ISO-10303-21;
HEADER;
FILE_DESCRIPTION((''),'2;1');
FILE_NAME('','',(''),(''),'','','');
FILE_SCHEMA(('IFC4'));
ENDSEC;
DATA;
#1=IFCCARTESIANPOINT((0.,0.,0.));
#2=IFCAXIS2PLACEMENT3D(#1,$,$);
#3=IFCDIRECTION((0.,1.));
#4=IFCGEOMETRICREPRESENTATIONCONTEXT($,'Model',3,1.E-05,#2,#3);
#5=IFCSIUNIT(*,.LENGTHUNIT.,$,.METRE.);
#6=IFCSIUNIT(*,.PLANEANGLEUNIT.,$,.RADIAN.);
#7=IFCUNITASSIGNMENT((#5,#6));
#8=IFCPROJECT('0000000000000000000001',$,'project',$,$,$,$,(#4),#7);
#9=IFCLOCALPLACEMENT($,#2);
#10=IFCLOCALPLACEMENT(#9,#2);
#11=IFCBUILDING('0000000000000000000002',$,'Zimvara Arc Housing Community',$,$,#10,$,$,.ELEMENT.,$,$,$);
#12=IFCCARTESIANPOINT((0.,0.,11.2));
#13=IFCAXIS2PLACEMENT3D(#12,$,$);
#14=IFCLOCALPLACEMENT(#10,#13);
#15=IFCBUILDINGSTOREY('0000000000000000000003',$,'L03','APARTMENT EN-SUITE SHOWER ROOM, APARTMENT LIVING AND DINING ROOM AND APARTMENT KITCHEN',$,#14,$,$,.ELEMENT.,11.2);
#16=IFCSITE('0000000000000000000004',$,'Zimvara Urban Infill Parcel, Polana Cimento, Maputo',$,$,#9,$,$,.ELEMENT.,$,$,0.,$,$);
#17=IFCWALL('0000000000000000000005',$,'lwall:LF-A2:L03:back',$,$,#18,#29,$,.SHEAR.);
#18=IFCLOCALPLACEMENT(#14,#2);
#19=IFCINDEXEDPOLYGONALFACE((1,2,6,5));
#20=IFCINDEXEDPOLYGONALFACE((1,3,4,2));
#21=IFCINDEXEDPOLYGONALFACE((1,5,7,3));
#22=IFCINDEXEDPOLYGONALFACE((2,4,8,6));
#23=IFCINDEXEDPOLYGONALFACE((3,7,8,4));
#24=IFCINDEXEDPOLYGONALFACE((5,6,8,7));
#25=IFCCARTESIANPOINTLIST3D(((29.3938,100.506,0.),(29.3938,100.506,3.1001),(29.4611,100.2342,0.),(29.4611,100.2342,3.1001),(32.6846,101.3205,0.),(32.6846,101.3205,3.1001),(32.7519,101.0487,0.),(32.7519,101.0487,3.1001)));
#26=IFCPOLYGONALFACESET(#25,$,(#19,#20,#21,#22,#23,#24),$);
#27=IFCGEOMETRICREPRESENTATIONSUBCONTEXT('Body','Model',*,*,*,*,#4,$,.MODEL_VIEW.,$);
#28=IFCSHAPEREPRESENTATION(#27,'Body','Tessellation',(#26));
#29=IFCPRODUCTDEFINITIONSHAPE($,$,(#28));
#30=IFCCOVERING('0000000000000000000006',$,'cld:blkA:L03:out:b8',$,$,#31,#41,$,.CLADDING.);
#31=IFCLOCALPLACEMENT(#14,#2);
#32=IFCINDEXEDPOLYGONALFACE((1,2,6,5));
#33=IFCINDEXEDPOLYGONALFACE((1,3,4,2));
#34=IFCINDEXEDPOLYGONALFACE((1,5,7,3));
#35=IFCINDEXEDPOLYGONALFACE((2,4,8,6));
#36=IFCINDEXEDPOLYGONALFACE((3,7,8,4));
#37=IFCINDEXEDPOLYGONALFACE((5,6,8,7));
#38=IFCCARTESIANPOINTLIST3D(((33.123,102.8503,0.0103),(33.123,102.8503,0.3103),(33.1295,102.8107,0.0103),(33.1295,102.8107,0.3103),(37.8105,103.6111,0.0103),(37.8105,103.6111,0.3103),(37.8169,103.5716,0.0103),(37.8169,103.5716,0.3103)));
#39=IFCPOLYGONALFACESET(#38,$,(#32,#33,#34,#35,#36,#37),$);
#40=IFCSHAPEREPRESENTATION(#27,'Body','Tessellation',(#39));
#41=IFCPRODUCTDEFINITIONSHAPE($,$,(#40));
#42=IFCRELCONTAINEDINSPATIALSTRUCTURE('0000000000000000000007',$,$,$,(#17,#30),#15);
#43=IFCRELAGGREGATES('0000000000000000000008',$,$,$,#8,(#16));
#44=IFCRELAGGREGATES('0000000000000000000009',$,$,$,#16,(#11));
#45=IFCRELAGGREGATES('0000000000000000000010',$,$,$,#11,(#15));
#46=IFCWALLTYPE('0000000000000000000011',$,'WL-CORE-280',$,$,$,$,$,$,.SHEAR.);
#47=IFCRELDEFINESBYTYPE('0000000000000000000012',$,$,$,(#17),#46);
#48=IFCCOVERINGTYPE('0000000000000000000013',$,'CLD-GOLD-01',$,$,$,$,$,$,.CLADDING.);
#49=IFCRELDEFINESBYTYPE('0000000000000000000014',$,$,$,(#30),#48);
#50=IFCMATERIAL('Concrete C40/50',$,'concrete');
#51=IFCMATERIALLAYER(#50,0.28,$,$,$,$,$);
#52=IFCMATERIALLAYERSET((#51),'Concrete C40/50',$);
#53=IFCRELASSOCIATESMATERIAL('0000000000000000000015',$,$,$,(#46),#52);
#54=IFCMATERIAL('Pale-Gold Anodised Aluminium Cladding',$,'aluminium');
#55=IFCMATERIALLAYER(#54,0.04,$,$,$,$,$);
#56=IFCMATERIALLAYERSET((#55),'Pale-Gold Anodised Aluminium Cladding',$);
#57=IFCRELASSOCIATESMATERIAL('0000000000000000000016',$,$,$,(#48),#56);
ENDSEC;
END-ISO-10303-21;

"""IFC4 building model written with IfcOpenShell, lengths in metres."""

from ifc_helpers import new_model, si_unit, direction, frame, frame_2d, origin, origin_2d, place, context, subcontext, project, spatial, rectangle, extrude, material, layer, layer_set, type_object, element, save


model = new_model("IFC4")

# Units and contexts
model_context = context("Model", 3, precision=1e-05, world=origin(), true_north=direction((0.0, 1.0)))
body_context = subcontext(model_context, "Body", "Model", "MODEL_VIEW")
ifc_project = project(units=[si_unit("LENGTHUNIT", "METRE"), si_unit("PLANEANGLEUNIT", "RADIAN")], contexts=[model_context])

# Site, building, storey
site_placement = place(None, origin())
site = spatial("IfcSite", under=ifc_project, at=site_placement, Name="Zimvara Urban Infill Parcel, Polana Cimento, Maputo", CompositionType="ELEMENT", RefElevation=0.0)
building_placement = place(site_placement, origin())
building = spatial("IfcBuilding", under=site, at=building_placement, Name="Zimvara Arc Housing Community", CompositionType="ELEMENT")
storey_placement = place(building_placement, frame((0.0, 0.0, 11.2)))
storey = spatial("IfcBuildingStorey", under=building, at=storey_placement, Name="L03", Description="APARTMENT EN-SUITE SHOWER ROOM, APARTMENT LIVING AND DINING ROOM AND APARTMENT KITCHEN", CompositionType="ELEMENT", Elevation=11.2)

# Wall
ifc_material_1 = material(Name="Concrete C40/50", Category="concrete")
ifc_layer_1 = layer(ifc_material_1, 0.28)
ifc_layer_set_1 = layer_set([ifc_layer_1], Name="Concrete C40/50")
wall_type_1 = type_object("IfcWallType", Name="WL-CORE-280", PredefinedType="SHEAR", material=ifc_layer_set_1)
wall_1_placement = place(storey_placement, frame((32.7183, 101.1846, 0.0), z_axis=(0.0, 0.0, 1.0), x_axis=(-0.970712, -0.240247, 0.0)))
element("IfcWall", 1, at=wall_1_placement, inside=storey, type_object=wall_type_1, Name="lwall:LF-A2:L03:back", PredefinedType="SHEAR", context=body_context, shape_type="SweptSolid", body=[
    extrude(rectangle(XDim=3.3901, YDim=0.28, at=frame_2d((1.6951, 0.0))), origin(), (0.0, 0.0, 1.0), 3.1001),
])

# Covering
ifc_material_2 = material(Name="Pale-Gold Anodised Aluminium Cladding", Category="aluminium")
ifc_layer_2 = layer(ifc_material_2, 0.04)
ifc_layer_set_2 = layer_set([ifc_layer_2], Name="Pale-Gold Anodised Aluminium Cladding")
covering_type = type_object("IfcCoveringType", Name="CLD-GOLD-01", PredefinedType="CLADDING", material=ifc_layer_set_2)
covering_placement = place(storey_placement, frame((35.47, 103.2109, 0.0103), z_axis=(0.0, 0.0, 1.0), x_axis=(0.98708, 0.160226, 0.0)))
element("IfcCovering", 2, at=covering_placement, inside=storey, type_object=covering_type, Name="cld:blkA:L03:out:b8", PredefinedType="CLADDING", context=body_context, shape_type="SweptSolid", body=[
    extrude(rectangle(XDim=4.7488, YDim=0.04, at=origin_2d()), origin(), (0.0, 0.0, 1.0), 0.3),
])

save(model, "model.ifc")
